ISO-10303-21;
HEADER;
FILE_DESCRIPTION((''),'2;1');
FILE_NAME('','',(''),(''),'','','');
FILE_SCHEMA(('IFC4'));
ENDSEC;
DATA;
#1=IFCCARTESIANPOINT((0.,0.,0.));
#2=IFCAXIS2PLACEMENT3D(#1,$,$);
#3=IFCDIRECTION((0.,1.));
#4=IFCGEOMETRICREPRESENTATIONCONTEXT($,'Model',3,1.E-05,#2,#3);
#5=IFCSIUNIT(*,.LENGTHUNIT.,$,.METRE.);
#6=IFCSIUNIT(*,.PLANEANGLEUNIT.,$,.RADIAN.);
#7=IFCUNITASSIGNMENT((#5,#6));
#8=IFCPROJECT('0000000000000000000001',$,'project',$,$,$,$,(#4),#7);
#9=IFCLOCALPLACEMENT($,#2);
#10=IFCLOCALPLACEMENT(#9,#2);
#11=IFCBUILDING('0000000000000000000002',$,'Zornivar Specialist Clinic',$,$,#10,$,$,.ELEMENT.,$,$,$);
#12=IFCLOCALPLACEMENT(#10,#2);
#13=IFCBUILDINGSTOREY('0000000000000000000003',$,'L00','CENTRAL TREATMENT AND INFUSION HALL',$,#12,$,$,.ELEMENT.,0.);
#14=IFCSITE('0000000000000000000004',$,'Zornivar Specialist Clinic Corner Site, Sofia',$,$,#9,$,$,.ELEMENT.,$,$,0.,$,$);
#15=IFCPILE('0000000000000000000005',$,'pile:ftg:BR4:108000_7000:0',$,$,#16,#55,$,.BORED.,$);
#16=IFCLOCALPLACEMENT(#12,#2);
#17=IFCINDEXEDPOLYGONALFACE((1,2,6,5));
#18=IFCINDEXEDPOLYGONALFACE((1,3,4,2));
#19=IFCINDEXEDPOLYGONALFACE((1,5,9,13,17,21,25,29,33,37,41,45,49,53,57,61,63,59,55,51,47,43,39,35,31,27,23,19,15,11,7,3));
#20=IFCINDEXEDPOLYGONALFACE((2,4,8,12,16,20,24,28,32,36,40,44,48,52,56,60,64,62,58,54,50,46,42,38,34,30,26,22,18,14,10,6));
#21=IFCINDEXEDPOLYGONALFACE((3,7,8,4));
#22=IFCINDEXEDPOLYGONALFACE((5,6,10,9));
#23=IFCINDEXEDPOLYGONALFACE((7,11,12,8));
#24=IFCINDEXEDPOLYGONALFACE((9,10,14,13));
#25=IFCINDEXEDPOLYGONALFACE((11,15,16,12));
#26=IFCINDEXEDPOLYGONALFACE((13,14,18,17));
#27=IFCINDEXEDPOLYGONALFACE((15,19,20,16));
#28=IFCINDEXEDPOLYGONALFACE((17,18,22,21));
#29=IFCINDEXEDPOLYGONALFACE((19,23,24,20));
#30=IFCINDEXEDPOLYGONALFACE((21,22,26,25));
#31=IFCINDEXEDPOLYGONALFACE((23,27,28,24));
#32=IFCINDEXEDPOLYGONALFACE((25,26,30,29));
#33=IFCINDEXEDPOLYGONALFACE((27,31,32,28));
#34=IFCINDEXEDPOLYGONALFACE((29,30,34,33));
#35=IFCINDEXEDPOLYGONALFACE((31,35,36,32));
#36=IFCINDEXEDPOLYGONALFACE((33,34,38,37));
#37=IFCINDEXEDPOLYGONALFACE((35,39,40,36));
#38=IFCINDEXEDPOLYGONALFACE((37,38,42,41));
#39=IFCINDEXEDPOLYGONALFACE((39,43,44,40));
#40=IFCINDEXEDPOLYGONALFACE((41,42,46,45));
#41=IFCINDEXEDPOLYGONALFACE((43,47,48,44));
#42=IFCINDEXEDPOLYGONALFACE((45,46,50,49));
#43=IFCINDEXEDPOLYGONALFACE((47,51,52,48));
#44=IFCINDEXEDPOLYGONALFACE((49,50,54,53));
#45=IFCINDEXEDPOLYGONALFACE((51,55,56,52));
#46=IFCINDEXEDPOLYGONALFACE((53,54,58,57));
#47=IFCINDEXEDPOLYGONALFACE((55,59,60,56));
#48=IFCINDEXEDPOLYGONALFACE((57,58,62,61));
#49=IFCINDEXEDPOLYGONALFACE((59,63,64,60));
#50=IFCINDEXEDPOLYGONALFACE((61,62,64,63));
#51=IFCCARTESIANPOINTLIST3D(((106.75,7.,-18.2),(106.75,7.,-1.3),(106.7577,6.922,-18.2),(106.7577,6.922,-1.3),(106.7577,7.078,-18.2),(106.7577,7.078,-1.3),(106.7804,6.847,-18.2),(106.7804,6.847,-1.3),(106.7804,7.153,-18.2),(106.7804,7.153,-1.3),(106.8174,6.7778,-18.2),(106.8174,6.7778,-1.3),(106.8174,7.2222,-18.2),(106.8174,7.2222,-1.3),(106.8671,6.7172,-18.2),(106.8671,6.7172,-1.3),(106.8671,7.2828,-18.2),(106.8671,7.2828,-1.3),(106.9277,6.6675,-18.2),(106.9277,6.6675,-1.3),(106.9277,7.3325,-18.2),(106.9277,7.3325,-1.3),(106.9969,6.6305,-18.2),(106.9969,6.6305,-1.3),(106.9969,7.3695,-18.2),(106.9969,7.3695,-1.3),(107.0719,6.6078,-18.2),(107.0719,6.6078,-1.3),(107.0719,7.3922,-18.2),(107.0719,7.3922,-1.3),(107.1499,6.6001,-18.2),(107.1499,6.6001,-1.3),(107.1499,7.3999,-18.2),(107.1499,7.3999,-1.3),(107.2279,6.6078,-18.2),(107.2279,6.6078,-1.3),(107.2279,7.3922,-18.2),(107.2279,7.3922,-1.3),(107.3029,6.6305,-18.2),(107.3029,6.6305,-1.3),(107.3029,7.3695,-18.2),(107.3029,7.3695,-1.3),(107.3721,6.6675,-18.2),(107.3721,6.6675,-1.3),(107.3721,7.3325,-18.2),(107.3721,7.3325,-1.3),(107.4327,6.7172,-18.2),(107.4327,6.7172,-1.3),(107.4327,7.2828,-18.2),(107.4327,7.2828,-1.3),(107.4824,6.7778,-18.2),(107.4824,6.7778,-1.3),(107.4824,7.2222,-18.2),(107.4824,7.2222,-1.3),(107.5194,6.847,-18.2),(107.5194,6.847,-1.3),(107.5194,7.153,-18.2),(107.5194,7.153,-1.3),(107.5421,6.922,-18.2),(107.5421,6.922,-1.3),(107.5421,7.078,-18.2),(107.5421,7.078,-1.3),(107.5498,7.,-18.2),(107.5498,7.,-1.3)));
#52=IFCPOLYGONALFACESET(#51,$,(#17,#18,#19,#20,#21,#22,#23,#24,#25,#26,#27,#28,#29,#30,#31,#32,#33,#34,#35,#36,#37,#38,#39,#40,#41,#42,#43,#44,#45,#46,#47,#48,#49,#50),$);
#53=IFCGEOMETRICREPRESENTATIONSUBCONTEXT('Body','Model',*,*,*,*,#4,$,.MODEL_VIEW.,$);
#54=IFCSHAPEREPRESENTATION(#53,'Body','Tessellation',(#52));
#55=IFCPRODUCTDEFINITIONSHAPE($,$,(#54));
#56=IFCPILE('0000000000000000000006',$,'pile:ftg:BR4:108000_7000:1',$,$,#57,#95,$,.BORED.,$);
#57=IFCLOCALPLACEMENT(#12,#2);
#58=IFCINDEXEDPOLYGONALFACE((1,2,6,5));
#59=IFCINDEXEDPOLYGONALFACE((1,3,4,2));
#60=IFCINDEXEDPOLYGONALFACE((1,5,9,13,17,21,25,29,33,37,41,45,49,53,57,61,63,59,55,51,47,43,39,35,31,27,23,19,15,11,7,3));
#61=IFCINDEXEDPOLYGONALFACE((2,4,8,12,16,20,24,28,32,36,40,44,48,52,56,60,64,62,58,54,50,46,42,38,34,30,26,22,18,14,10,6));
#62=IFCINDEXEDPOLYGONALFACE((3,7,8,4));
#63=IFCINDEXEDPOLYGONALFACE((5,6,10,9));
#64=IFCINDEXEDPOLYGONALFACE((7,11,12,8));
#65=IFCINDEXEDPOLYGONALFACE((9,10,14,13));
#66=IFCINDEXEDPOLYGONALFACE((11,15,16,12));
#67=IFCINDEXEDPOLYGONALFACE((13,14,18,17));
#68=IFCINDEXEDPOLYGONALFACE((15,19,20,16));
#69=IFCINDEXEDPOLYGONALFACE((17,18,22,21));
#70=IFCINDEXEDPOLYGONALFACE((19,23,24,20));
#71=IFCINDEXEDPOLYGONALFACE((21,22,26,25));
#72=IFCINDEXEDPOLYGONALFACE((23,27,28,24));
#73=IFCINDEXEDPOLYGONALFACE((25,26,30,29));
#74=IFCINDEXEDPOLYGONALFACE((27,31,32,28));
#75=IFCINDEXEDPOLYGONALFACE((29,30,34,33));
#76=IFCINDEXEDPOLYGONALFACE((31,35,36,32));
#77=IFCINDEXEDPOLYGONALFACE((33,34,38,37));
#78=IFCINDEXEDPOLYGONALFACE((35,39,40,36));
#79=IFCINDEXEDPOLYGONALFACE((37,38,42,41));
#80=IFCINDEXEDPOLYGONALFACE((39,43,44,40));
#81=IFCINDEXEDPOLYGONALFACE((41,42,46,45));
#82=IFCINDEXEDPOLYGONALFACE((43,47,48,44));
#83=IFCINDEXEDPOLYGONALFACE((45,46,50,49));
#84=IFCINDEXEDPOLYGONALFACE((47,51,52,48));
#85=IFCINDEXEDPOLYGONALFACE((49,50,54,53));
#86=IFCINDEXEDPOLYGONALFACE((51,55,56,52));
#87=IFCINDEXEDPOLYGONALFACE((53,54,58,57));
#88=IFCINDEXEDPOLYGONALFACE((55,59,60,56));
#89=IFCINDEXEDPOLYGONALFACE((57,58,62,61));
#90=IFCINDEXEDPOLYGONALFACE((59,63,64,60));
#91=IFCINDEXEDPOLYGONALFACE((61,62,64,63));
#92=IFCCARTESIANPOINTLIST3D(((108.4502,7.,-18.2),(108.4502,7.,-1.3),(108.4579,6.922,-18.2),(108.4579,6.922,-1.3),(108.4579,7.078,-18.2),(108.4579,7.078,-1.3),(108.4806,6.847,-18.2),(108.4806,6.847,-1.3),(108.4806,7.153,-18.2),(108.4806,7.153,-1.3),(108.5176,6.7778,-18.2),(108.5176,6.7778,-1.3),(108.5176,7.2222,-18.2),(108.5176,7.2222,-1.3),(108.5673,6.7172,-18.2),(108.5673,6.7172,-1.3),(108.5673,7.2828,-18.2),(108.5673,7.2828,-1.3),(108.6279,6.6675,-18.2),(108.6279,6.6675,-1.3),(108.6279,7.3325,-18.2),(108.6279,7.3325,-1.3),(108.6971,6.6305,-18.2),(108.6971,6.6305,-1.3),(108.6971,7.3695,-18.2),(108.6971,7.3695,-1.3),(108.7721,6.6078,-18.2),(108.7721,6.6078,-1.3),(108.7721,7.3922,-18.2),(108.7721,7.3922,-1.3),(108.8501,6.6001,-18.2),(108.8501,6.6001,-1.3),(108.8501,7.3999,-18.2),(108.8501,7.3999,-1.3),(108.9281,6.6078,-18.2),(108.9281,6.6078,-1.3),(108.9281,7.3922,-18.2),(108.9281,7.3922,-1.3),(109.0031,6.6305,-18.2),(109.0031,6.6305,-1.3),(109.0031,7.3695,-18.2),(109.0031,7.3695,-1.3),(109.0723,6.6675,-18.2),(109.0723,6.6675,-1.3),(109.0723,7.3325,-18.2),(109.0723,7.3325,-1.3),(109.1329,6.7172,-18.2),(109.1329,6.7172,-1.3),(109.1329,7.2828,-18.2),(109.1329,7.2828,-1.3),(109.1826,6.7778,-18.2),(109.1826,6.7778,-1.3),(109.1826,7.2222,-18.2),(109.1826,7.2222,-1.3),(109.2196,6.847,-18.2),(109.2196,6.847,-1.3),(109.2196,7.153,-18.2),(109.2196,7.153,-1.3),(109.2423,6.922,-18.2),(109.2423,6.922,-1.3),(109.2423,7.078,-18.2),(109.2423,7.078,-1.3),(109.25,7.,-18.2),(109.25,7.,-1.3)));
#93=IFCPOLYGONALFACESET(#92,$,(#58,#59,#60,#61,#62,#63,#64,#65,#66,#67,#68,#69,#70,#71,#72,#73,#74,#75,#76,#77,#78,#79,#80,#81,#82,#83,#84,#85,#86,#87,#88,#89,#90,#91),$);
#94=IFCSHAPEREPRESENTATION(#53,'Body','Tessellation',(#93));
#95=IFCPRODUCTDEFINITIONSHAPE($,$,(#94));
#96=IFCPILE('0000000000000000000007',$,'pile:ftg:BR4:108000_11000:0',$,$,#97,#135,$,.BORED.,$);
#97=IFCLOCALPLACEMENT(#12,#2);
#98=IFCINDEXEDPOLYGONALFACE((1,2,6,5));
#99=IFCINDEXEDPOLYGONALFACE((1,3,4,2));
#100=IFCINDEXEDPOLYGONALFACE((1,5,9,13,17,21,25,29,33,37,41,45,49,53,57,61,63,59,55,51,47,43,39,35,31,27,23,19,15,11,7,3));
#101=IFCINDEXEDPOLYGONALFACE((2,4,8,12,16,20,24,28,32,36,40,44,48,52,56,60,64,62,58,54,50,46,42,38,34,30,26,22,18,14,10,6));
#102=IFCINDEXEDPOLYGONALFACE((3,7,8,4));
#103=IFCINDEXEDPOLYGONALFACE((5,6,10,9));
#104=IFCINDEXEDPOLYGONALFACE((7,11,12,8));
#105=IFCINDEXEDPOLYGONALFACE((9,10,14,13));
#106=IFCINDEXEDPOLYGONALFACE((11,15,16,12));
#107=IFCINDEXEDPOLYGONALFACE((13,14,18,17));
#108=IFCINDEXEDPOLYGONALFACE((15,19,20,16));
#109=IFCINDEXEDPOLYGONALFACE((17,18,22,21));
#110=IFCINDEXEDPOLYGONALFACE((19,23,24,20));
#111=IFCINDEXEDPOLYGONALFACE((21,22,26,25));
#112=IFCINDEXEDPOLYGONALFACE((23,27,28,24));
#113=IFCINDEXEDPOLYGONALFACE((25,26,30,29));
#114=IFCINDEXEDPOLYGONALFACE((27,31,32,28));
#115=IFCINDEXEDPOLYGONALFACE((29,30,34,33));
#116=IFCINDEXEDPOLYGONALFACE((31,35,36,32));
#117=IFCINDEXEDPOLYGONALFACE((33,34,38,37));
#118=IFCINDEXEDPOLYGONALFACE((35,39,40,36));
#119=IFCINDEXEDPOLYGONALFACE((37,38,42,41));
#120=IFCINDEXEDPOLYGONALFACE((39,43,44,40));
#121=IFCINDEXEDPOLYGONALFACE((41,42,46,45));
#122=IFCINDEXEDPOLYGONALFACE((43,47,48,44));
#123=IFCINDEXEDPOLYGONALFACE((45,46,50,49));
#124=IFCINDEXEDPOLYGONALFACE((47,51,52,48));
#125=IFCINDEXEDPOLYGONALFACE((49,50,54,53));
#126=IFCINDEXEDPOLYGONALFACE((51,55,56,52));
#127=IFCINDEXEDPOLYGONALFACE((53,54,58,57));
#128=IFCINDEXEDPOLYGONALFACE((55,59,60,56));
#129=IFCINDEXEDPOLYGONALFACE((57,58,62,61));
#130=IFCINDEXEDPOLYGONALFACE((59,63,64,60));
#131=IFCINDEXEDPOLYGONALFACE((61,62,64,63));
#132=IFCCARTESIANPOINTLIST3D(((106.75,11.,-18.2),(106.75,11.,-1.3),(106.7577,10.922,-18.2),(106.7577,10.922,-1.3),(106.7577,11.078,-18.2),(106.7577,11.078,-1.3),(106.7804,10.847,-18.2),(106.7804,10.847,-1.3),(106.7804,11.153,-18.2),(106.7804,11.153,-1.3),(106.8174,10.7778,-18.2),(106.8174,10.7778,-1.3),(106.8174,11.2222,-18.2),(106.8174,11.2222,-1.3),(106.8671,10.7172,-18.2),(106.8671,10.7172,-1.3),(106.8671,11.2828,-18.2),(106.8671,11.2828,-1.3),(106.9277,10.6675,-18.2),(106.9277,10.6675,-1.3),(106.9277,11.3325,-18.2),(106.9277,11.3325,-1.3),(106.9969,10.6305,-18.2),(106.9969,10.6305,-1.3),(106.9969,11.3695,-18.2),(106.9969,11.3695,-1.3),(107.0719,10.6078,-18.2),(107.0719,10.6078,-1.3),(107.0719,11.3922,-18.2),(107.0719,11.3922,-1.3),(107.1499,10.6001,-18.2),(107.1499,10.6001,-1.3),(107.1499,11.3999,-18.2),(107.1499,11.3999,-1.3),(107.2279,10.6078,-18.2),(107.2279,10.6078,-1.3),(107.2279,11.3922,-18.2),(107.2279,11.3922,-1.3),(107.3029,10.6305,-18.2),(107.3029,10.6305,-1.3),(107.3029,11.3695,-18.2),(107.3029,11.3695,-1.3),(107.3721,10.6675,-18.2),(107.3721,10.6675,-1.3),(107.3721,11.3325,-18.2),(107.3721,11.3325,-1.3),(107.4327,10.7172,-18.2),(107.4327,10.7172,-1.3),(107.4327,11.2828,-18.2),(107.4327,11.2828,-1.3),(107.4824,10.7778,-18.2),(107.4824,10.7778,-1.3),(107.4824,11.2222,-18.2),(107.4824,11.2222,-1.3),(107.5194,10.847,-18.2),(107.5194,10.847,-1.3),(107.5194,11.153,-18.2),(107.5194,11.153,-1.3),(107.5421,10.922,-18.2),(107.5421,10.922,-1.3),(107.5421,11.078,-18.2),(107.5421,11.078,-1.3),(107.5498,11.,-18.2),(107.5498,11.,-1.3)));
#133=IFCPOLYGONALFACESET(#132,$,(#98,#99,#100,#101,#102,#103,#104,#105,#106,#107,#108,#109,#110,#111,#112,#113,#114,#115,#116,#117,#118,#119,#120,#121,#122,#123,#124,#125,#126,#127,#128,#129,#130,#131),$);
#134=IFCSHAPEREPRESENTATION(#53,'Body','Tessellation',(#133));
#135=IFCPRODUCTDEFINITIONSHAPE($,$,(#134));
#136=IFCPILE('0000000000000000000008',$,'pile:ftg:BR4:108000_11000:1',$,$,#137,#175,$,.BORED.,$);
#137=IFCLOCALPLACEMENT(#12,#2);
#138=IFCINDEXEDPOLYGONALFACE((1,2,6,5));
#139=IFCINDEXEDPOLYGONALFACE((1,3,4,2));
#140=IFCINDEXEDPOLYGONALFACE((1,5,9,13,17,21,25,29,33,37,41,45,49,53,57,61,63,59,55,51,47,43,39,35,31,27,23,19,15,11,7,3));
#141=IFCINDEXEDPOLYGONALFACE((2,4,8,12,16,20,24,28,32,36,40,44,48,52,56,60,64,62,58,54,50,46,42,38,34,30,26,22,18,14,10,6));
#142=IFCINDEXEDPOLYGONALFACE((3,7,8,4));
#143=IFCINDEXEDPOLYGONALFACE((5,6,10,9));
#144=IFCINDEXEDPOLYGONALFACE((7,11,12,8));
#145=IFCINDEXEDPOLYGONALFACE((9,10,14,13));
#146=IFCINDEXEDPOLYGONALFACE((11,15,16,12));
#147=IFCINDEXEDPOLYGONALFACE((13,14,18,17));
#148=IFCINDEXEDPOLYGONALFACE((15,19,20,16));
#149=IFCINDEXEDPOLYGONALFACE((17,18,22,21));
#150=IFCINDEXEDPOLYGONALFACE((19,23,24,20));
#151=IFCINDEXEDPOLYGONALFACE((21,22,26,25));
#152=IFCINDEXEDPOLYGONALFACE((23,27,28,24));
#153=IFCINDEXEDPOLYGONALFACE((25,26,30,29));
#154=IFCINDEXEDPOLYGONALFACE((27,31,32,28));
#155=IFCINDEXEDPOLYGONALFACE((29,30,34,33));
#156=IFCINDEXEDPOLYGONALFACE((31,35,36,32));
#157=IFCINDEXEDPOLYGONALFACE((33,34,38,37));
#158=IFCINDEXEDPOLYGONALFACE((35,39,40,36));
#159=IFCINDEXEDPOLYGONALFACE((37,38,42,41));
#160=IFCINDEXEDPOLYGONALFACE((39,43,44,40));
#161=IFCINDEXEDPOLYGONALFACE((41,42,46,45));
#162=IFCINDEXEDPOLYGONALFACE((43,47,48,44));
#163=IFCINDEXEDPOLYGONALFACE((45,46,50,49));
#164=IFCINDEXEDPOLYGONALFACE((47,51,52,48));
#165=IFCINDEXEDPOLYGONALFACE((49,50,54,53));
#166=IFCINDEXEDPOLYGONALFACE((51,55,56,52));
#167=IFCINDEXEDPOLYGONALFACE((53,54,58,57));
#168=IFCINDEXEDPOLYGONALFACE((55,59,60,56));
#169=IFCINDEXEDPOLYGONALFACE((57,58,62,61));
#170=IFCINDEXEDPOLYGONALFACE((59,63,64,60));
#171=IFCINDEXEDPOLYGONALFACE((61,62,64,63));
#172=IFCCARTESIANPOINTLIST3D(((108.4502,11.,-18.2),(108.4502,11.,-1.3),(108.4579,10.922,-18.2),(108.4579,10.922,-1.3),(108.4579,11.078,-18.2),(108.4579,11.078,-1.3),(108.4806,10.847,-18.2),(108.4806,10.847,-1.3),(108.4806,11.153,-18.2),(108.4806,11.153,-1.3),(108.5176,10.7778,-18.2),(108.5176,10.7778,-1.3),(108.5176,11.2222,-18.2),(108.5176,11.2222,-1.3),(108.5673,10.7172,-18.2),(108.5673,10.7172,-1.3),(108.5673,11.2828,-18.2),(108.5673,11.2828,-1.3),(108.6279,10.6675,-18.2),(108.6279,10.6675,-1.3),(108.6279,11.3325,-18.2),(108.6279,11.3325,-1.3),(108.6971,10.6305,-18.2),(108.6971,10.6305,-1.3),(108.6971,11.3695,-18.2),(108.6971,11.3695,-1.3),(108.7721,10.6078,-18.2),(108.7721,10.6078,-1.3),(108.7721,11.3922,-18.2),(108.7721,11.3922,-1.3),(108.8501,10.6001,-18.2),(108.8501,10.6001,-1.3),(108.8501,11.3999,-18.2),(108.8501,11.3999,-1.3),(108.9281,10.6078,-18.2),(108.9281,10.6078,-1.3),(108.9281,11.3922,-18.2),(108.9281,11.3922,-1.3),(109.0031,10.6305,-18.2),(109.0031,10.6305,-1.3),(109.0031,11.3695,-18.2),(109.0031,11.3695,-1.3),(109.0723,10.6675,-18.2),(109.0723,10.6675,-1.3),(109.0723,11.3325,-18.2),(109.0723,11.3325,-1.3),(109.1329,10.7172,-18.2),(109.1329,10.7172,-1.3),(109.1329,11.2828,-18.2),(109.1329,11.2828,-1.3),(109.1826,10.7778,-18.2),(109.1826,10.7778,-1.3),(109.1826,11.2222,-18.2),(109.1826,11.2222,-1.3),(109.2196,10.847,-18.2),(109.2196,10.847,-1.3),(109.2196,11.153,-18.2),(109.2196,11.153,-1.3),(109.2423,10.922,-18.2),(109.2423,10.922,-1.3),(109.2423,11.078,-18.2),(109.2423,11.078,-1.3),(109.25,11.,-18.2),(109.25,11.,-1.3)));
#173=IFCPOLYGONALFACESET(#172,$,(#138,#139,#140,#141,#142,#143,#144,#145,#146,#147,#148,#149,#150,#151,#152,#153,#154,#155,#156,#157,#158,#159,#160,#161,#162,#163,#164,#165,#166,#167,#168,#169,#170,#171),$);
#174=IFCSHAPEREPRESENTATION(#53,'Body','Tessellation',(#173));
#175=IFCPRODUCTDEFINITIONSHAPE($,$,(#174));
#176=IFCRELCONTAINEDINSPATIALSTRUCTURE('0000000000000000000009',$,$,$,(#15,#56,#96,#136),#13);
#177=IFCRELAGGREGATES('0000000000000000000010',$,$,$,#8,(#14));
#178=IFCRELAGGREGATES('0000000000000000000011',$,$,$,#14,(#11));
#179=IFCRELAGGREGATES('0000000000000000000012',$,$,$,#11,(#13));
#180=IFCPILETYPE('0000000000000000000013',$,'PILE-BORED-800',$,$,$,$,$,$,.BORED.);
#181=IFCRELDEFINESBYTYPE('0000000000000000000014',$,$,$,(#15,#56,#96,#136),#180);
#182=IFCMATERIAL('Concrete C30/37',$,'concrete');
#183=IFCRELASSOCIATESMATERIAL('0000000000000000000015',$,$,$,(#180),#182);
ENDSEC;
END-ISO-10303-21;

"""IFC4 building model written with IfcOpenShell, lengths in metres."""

from ifc_helpers import new_model, si_unit, direction, frame, origin, origin_2d, place, context, subcontext, project, spatial, circle, extrude, material, material_profile, profile_set, type_object, element, save


model = new_model("IFC4")

# Units and contexts
model_context = context("Model", 3, precision=1e-05, world=origin(), true_north=direction((0.0, 1.0)))
body_context = subcontext(model_context, "Body", "Model", "MODEL_VIEW")
ifc_project = project(units=[si_unit("LENGTHUNIT", "METRE"), si_unit("PLANEANGLEUNIT", "RADIAN")], contexts=[model_context])

# Site, building, storey
site_placement = place(None, origin())
site = spatial("IfcSite", under=ifc_project, at=site_placement, Name="Zornivar Specialist Clinic Corner Site, Sofia", CompositionType="ELEMENT", RefElevation=0.0)
building_placement = place(site_placement, origin())
building = spatial("IfcBuilding", under=site, at=building_placement, Name="Zornivar Specialist Clinic", CompositionType="ELEMENT")
storey_placement = place(building_placement, origin())
storey = spatial("IfcBuildingStorey", under=building, at=storey_placement, Name="L00", Description="CENTRAL TREATMENT AND INFUSION HALL", CompositionType="ELEMENT", Elevation=0.0)

# Piles
ifc_material_1 = material(Name="Concrete C30/37", Category="concrete")
ifc_material_profile_1 = material_profile(ifc_material_1, circle(Radius=0.3999, at=origin_2d()), Name="PILE D800")
ifc_profile_set_1 = profile_set([ifc_material_profile_1], Name="Concrete C30/37")
pile_type = type_object("IfcPileType", Name="PILE-BORED-800", PredefinedType="BORED", material=ifc_profile_set_1)
for number, where, z_axis, x_axis, name in (
    (1, (107.1499, 7.0, -1.3), (0.0, 0.0, -1.0), (1.0, 0.0, 0.0), "pile:ftg:BR4:108000_7000:0"),
    (2, (108.8501, 7.0, -1.3), (0.0, 0.0, -1.0), (1.0, 0.0, 0.0), "pile:ftg:BR4:108000_7000:1"),
    (3, (107.1499, 11.0, -1.3), (0.0, 0.0, -1.0), (1.0, 0.0, 0.0), "pile:ftg:BR4:108000_11000:0"),
    (4, (108.8501, 11.0, -1.3), (0.0, 0.0, -1.0), (1.0, 0.0, 0.0), "pile:ftg:BR4:108000_11000:1"),
):
    element("IfcPile", number, at=place(storey_placement, frame(where, z_axis=z_axis, x_axis=x_axis)), inside=storey, type_object=pile_type, Name=name, PredefinedType="BORED", context=body_context, shape_type="SweptSolid", body=[
        extrude(circle(Radius=0.3999, at=origin_2d()), origin(), (0.0, 0.0, 1.0), 16.8999),
    ])

save(model, "model.ifc")
